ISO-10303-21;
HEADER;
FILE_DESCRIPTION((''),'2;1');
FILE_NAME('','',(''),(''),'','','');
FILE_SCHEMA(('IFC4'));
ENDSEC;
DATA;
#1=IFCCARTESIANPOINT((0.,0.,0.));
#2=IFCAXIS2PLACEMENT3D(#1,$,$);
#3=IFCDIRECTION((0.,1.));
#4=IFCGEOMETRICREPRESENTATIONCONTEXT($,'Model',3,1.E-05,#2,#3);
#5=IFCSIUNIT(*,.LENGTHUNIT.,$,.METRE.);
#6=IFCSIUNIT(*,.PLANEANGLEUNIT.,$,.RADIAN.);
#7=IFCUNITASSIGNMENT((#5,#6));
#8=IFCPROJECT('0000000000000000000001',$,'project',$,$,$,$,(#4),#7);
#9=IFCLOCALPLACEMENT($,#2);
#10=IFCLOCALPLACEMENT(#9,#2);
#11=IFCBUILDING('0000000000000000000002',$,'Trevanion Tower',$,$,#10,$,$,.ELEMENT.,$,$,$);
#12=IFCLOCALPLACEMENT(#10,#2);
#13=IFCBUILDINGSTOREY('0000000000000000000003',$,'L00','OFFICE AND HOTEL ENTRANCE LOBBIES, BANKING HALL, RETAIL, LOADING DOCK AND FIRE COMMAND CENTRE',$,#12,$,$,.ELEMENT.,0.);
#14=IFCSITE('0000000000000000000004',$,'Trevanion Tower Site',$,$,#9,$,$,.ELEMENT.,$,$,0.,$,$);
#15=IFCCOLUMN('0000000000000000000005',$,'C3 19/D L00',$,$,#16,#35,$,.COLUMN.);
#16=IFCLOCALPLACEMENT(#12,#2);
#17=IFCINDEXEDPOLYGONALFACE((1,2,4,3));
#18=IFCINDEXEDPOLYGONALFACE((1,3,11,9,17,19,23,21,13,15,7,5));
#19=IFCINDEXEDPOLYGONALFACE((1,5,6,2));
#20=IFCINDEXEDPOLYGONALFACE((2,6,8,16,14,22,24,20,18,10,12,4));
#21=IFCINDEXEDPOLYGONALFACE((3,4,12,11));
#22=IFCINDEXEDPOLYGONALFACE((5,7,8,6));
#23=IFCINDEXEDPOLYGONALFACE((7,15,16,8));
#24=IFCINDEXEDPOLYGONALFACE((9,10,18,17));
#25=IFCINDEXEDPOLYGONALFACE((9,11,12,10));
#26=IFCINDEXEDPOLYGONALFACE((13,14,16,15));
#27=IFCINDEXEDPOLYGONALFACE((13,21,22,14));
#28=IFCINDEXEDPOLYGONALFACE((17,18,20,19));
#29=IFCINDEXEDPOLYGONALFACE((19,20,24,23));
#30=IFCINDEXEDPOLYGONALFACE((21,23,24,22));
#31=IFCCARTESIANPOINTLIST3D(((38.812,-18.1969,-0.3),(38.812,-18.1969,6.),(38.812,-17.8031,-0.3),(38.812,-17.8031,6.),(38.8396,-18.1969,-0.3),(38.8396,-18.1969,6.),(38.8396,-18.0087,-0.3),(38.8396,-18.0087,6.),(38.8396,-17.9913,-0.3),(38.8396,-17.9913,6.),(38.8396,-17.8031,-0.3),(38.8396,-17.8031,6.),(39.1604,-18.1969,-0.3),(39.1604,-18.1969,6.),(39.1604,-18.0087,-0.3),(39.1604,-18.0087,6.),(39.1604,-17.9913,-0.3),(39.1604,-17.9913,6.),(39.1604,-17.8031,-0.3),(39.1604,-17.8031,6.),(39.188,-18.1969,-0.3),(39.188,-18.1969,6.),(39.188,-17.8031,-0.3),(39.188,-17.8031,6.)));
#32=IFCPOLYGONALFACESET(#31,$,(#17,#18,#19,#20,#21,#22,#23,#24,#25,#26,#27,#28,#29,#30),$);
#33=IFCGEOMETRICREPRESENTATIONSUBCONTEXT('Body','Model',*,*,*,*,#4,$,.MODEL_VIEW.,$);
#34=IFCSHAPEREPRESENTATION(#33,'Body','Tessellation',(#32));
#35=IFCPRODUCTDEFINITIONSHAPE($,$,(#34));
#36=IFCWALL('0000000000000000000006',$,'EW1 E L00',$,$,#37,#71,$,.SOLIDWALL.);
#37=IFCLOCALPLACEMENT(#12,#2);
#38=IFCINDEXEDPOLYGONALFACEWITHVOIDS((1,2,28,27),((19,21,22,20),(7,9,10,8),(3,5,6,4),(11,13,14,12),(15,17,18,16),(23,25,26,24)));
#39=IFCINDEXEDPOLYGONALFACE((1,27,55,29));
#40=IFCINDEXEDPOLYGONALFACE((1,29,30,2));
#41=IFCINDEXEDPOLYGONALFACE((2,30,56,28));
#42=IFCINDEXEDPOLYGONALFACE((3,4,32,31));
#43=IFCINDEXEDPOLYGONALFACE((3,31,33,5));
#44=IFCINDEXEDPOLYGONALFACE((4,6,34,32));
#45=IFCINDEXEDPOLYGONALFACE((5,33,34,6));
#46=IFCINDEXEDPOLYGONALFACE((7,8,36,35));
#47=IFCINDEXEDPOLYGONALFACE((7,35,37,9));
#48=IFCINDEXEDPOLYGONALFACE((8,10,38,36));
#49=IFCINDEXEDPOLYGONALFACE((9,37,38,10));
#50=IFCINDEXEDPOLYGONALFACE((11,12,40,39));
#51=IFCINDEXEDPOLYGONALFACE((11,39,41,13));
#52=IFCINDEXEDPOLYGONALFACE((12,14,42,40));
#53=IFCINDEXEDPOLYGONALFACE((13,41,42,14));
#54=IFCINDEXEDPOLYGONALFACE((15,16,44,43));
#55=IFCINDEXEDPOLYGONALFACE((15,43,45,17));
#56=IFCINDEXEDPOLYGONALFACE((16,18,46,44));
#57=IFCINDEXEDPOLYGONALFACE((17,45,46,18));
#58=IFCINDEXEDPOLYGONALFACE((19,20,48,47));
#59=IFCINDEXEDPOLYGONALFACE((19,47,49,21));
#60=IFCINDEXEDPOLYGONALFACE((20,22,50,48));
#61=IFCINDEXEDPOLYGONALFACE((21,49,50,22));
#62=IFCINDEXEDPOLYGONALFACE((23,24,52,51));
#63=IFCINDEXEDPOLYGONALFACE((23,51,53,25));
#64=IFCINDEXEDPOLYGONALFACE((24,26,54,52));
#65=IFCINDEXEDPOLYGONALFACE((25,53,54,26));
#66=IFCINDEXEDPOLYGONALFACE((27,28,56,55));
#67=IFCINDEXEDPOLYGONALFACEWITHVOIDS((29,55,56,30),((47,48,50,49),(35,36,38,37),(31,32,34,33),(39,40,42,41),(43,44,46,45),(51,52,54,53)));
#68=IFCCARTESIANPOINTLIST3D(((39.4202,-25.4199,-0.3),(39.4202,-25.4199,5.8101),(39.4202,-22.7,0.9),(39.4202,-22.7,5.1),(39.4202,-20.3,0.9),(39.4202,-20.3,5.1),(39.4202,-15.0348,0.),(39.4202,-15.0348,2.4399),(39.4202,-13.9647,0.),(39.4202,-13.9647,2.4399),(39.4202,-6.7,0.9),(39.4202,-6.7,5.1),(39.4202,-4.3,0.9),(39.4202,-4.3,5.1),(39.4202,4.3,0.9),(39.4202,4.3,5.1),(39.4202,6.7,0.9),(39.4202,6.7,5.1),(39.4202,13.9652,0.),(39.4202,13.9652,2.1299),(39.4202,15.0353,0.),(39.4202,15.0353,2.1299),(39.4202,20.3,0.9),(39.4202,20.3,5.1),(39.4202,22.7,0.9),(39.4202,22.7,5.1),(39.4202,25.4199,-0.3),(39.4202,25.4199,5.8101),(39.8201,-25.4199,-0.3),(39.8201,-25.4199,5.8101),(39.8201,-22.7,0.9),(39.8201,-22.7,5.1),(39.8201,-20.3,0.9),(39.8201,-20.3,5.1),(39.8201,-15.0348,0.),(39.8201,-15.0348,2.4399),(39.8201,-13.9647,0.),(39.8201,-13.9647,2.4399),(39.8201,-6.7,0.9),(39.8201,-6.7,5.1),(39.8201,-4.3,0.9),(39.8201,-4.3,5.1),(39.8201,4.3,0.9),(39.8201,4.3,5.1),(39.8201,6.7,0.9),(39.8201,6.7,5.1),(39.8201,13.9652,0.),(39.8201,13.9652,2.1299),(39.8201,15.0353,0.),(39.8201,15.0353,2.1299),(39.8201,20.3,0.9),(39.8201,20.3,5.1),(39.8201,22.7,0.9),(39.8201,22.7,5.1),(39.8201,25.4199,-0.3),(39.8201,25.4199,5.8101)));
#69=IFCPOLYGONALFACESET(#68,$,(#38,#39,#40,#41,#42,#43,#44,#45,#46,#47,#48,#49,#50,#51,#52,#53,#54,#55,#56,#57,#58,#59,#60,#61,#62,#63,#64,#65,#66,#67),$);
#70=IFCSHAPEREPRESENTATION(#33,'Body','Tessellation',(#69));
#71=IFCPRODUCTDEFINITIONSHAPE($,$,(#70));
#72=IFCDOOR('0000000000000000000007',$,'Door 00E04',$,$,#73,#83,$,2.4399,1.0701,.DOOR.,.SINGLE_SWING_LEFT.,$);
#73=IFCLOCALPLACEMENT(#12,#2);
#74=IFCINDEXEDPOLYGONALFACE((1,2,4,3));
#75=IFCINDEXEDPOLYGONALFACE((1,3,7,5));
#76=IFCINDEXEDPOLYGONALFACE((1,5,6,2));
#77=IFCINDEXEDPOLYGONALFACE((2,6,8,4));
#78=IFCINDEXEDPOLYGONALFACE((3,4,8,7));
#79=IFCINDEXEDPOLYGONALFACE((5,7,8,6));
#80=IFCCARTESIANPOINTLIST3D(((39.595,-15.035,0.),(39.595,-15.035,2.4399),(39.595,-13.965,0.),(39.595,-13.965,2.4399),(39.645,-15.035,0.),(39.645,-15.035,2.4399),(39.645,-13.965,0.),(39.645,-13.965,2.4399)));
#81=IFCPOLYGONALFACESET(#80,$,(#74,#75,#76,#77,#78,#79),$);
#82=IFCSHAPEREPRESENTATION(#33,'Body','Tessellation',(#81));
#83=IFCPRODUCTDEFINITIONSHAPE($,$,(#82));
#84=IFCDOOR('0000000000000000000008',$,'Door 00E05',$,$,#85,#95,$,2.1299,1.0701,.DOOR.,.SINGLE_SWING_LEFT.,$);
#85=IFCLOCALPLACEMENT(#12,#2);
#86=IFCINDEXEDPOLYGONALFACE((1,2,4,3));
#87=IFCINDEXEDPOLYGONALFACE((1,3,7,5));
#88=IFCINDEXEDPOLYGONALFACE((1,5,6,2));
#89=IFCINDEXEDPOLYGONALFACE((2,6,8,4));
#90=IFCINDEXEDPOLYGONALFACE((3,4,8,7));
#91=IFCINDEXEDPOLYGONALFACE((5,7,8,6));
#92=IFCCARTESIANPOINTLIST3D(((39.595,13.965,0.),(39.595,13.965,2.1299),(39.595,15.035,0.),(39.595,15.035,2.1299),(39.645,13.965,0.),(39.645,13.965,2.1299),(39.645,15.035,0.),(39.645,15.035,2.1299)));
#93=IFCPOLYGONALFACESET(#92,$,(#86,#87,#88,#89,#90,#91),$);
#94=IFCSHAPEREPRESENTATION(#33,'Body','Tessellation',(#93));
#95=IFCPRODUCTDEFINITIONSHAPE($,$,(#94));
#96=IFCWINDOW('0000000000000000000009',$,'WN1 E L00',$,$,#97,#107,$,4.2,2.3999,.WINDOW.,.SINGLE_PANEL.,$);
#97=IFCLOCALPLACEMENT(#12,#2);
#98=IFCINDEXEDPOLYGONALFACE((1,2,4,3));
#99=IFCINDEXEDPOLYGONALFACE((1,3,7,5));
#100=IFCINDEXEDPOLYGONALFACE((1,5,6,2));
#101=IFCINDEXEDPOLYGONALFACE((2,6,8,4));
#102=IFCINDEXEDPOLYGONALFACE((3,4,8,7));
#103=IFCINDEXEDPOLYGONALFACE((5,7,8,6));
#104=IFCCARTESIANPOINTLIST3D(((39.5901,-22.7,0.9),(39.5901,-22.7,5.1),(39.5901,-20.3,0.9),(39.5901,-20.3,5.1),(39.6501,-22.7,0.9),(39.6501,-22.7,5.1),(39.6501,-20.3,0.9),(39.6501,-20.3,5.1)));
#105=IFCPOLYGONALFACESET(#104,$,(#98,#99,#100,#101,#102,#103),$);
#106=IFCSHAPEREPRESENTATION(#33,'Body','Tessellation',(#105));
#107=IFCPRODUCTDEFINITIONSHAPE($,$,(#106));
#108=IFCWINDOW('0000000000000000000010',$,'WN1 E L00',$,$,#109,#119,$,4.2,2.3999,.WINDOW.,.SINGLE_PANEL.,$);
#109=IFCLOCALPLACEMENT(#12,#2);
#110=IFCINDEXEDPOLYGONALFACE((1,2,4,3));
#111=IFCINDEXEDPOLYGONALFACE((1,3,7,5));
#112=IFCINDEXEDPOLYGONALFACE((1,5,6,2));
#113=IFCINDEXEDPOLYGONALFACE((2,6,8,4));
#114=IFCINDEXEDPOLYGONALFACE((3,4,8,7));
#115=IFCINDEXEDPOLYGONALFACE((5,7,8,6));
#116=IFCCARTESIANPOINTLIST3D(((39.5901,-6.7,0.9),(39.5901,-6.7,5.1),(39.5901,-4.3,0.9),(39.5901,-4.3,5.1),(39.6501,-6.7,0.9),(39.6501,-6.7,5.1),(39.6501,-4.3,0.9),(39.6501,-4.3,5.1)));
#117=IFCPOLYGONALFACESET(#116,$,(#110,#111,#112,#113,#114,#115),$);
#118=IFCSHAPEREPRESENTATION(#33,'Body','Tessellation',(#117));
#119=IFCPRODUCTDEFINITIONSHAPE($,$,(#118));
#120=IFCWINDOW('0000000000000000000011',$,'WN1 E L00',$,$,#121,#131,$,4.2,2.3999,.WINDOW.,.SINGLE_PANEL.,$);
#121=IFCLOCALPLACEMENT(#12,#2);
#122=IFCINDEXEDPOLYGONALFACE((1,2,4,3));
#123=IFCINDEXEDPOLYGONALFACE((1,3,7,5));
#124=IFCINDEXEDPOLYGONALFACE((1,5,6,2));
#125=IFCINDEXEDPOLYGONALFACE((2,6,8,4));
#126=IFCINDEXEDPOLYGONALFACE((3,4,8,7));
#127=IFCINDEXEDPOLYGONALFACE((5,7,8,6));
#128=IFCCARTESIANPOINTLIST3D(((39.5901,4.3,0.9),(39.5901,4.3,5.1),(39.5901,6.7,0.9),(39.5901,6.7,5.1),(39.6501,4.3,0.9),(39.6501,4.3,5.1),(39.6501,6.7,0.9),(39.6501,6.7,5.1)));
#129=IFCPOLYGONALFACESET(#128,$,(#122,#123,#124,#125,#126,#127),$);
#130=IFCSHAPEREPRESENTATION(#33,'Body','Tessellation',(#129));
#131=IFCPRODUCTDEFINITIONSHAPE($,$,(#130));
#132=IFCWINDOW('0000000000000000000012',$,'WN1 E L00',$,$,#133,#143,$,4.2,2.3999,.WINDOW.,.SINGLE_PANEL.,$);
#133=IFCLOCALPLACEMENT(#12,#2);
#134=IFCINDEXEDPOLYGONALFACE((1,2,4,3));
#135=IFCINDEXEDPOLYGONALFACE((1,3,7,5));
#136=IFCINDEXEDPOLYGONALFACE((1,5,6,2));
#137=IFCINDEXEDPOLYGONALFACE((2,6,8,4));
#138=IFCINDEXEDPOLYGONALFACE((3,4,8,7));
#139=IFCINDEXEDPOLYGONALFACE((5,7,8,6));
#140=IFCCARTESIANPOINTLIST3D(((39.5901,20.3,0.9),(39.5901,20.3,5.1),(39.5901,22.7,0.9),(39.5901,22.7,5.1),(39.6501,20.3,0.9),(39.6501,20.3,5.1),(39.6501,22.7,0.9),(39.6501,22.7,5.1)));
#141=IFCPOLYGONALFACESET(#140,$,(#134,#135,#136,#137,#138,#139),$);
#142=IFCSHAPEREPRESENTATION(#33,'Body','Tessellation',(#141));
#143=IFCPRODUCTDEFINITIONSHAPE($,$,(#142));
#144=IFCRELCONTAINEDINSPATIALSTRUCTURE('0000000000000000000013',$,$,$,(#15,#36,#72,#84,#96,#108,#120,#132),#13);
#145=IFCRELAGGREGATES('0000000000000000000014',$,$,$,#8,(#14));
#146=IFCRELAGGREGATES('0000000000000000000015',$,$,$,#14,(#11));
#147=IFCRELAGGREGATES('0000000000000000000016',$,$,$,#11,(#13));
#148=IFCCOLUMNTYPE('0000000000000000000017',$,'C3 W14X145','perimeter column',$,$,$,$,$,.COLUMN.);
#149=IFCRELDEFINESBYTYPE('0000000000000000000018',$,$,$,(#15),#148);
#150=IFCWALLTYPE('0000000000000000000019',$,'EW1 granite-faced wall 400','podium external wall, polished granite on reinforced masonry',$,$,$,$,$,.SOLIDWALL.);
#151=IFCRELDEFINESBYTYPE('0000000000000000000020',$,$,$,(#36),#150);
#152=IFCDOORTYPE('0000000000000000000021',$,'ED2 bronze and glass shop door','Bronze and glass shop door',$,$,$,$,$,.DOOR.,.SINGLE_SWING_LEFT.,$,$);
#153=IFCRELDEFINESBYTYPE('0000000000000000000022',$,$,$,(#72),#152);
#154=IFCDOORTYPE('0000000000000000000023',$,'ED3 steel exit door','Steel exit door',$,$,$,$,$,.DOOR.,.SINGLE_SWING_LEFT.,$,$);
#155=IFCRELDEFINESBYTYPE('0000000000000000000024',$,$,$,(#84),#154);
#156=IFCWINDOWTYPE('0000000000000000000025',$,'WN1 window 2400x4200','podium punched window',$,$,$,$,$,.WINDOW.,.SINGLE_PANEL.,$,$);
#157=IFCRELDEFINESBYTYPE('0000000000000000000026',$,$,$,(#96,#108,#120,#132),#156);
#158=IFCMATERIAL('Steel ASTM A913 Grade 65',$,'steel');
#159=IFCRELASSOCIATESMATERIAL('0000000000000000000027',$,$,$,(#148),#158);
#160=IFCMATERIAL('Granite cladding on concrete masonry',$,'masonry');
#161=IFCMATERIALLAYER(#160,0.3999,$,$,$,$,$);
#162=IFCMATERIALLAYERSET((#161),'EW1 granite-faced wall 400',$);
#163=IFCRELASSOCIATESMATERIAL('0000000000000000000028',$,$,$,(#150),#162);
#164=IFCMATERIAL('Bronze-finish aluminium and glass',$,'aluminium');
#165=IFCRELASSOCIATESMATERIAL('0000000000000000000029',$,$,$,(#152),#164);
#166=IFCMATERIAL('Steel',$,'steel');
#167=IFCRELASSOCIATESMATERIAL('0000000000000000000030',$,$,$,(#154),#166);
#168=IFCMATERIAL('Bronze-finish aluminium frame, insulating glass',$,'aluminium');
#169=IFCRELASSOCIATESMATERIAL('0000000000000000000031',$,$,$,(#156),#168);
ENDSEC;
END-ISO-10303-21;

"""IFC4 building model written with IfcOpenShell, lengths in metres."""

from ifc_helpers import new_model, si_unit, direction, frame, frame_2d, origin, origin_2d, place, context, subcontext, project, spatial, rectangle, i_section, extrude, material, layer, layer_set, material_profile, profile_set, type_object, element, fill, save


model = new_model("IFC4")

# Units and contexts
model_context = context("Model", 3, precision=1e-05, world=origin(), true_north=direction((0.0, 1.0)))
body_context = subcontext(model_context, "Body", "Model", "MODEL_VIEW")
ifc_project = project(units=[si_unit("LENGTHUNIT", "METRE"), si_unit("PLANEANGLEUNIT", "RADIAN")], contexts=[model_context])

# Site, building, storey
site_placement = place(None, origin())
site = spatial("IfcSite", under=ifc_project, at=site_placement, Name="Trevanion Tower Site", CompositionType="ELEMENT", RefElevation=0.0)
building_placement = place(site_placement, origin())
building = spatial("IfcBuilding", under=site, at=building_placement, Name="Trevanion Tower", CompositionType="ELEMENT")
storey_placement = place(building_placement, origin())
storey = spatial("IfcBuildingStorey", under=building, at=storey_placement, Name="L00", Description="OFFICE AND HOTEL ENTRANCE LOBBIES, BANKING HALL, RETAIL, LOADING DOCK AND FIRE COMMAND CENTRE", CompositionType="ELEMENT", Elevation=0.0)

# Column
ifc_material_1 = material(Name="Steel ASTM A913 Grade 65", Category="steel")
ifc_material_profile_1 = material_profile(ifc_material_1, i_section(OverallWidth=0.3938, OverallDepth=0.376, WebThickness=0.0173, FlangeThickness=0.0276, at=origin_2d()), Name="W14X145")
ifc_profile_set_1 = profile_set([ifc_material_profile_1], Name="Steel ASTM A913 Grade 65")
column_type = type_object("IfcColumnType", Name="C3 W14X145", Description="perimeter column", PredefinedType="COLUMN", material=ifc_profile_set_1)
for number, where, z_axis, x_axis, name in (
    (1, (39.0, -18.0, -0.3), (0.0, 0.0, 1.0), (0.0, 1.0, 0.0), "C3 19/D L00"),
):
    element("IfcColumn", number, at=place(storey_placement, frame(where, z_axis=z_axis, x_axis=x_axis)), inside=storey, type_object=column_type, Name=name, PredefinedType="COLUMN", context=body_context, shape_type="SweptSolid", body=[
        extrude(i_section(OverallWidth=0.3938, OverallDepth=0.376, WebThickness=0.0173, FlangeThickness=0.0276, at=origin_2d()), origin(), (0.0, 0.0, 1.0), 6.3),
    ])

# Wall, openings, doors, windows
ifc_material_2 = material(Name="Granite cladding on concrete masonry", Category="masonry")
ifc_layer = layer(ifc_material_2, 0.3999)
ifc_layer_set = layer_set([ifc_layer], Name="EW1 granite-faced wall 400")
wall_type = type_object("IfcWallType", Name="EW1 granite-faced wall 400", Description="podium external wall, polished granite on reinforced masonry", PredefinedType="SOLIDWALL", material=ifc_layer_set)
wall_placement = place(storey_placement, frame((39.6201, -25.4199, -0.3), z_axis=(0.0, 0.0, 1.0), x_axis=(0.0, 1.0, 0.0)))
wall = element("IfcWall", 2, at=wall_placement, inside=storey, type_object=wall_type, Name="EW1 E L00", PredefinedType="SOLIDWALL", context=body_context, shape_type="SweptSolid", body=[
    extrude(rectangle(XDim=50.8398, YDim=0.3999, at=frame_2d((25.4199, 0.0))), origin(), (0.0, 0.0, 1.0), 6.1101),
])
opening_1_placement = place(wall_placement, frame((2.72, 0.0, 1.2)))
opening_1 = element("IfcOpeningElement", 3, at=opening_1_placement, cuts=wall, PredefinedType="OPENING", context=body_context, shape_type="SweptSolid", body=[
    extrude(rectangle(XDim=2.3999, YDim=4.2, at=frame_2d((1.2, 2.1001))), frame((0.0, 0.21, 0.0), z_axis=(0.0, -1.0, 0.0), x_axis=(1.0, 0.0, 0.0)), (0.0, 0.0, 1.0), 0.4199),
])
opening_2_placement = place(wall_placement, frame((10.385, 0.0, 0.3)))
opening_2 = element("IfcOpeningElement", 4, at=opening_2_placement, cuts=wall, PredefinedType="OPENING", context=body_context, shape_type="SweptSolid", body=[
    extrude(rectangle(XDim=1.0701, YDim=2.4399, at=frame_2d((0.5352, 1.22))), frame((0.0, 0.21, 0.0), z_axis=(0.0, -1.0, 0.0), x_axis=(1.0, 0.0, 0.0)), (0.0, 0.0, 1.0), 0.4199),
])
opening_3_placement = place(wall_placement, frame((18.72, 0.0, 1.2)))
opening_3 = element("IfcOpeningElement", 5, at=opening_3_placement, cuts=wall, PredefinedType="OPENING", context=body_context, shape_type="SweptSolid", body=[
    extrude(rectangle(XDim=2.3999, YDim=4.2, at=frame_2d((1.2, 2.1001))), frame((0.0, 0.21, 0.0), z_axis=(0.0, -1.0, 0.0), x_axis=(1.0, 0.0, 0.0)), (0.0, 0.0, 1.0), 0.4199),
])
opening_4_placement = place(wall_placement, frame((29.72, 0.0, 1.2)))
opening_4 = element("IfcOpeningElement", 6, at=opening_4_placement, cuts=wall, PredefinedType="OPENING", context=body_context, shape_type="SweptSolid", body=[
    extrude(rectangle(XDim=2.3999, YDim=4.2, at=frame_2d((1.2, 2.1001))), frame((0.0, 0.21, 0.0), z_axis=(0.0, -1.0, 0.0), x_axis=(1.0, 0.0, 0.0)), (0.0, 0.0, 1.0), 0.4199),
])
opening_5_placement = place(wall_placement, frame((39.385, 0.0, 0.3)))
opening_5 = element("IfcOpeningElement", 7, at=opening_5_placement, cuts=wall, PredefinedType="OPENING", context=body_context, shape_type="SweptSolid", body=[
    extrude(rectangle(XDim=1.0701, YDim=2.1299, at=frame_2d((0.5352, 1.0649))), frame((0.0, 0.21, 0.0), z_axis=(0.0, -1.0, 0.0), x_axis=(1.0, 0.0, 0.0)), (0.0, 0.0, 1.0), 0.4199),
])
opening_6_placement = place(wall_placement, frame((45.72, 0.0, 1.2)))
opening_6 = element("IfcOpeningElement", 8, at=opening_6_placement, cuts=wall, PredefinedType="OPENING", context=body_context, shape_type="SweptSolid", body=[
    extrude(rectangle(XDim=2.3999, YDim=4.2, at=frame_2d((1.2, 2.1001))), frame((0.0, 0.21, 0.0), z_axis=(0.0, -1.0, 0.0), x_axis=(1.0, 0.0, 0.0)), (0.0, 0.0, 1.0), 0.4199),
])
ifc_material_3 = material(Name="Bronze-finish aluminium and glass", Category="aluminium")
door_type_1 = type_object("IfcDoorType", Name="ED2 bronze and glass shop door", Description="Bronze and glass shop door", OperationType="SINGLE_SWING_LEFT", PredefinedType="DOOR", material=ifc_material_3)
door_1_placement = place(opening_2_placement, frame((1.0701, 0.0, 0.0), z_axis=(0.0, 0.0, 1.0), x_axis=(-1.0, 0.0, 0.0)))
door_1 = element("IfcDoor", 9, at=door_1_placement, inside=storey, type_object=door_type_1, Name="Door 00E04", OperationType="SINGLE_SWING_LEFT", OverallHeight=2.4399, OverallWidth=1.0701, PredefinedType="DOOR", context=body_context, shape_type="SweptSolid", body=[
    extrude(rectangle(XDim=1.0701, YDim=2.4399, at=frame_2d((0.5352, 1.22))), frame((0.0, 0.0249, 0.0), z_axis=(0.0, -1.0, 0.0), x_axis=(1.0, 0.0, 0.0)), (0.0, 0.0, 1.0), 0.05),
])
fill(opening_2, door_1)
ifc_material_4 = material(Name="Steel", Category="steel")
door_type_2 = type_object("IfcDoorType", Name="ED3 steel exit door", Description="Steel exit door", OperationType="SINGLE_SWING_LEFT", PredefinedType="DOOR", material=ifc_material_4)
door_2_placement = place(opening_5_placement, frame((1.0701, 0.0, 0.0), z_axis=(0.0, 0.0, 1.0), x_axis=(-1.0, 0.0, 0.0)))
door_2 = element("IfcDoor", 10, at=door_2_placement, inside=storey, type_object=door_type_2, Name="Door 00E05", OperationType="SINGLE_SWING_LEFT", OverallHeight=2.1299, OverallWidth=1.0701, PredefinedType="DOOR", context=body_context, shape_type="SweptSolid", body=[
    extrude(rectangle(XDim=1.0701, YDim=2.1299, at=frame_2d((0.5352, 1.0649))), frame((0.0, 0.0249, 0.0), z_axis=(0.0, -1.0, 0.0), x_axis=(1.0, 0.0, 0.0)), (0.0, 0.0, 1.0), 0.05),
])
fill(opening_5, door_2)
ifc_material_5 = material(Name="Bronze-finish aluminium frame, insulating glass", Category="aluminium")
window_type = type_object("IfcWindowType", Name="WN1 window 2400x4200", Description="podium punched window", PartitioningType="SINGLE_PANEL", PredefinedType="WINDOW", material=ifc_material_5)
window_1_placement = place(opening_1_placement, origin())
window_1 = element("IfcWindow", 11, at=window_1_placement, inside=storey, type_object=window_type, Name="WN1 E L00", OverallHeight=4.2, OverallWidth=2.3999, PartitioningType="SINGLE_PANEL", PredefinedType="WINDOW", context=body_context, shape_type="SweptSolid", body=[
    extrude(rectangle(XDim=2.3999, YDim=4.2, at=frame_2d((1.2, 2.1001))), frame((0.0, 0.03, 0.0), z_axis=(0.0, -1.0, 0.0), x_axis=(1.0, 0.0, 0.0)), (0.0, 0.0, 1.0), 0.0601),
])
fill(opening_1, window_1)
window_2_placement = place(opening_3_placement, origin())
window_2 = element("IfcWindow", 12, at=window_2_placement, inside=storey, type_object=window_type, Name="WN1 E L00", OverallHeight=4.2, OverallWidth=2.3999, PartitioningType="SINGLE_PANEL", PredefinedType="WINDOW", context=body_context, shape_type="SweptSolid", body=[
    extrude(rectangle(XDim=2.3999, YDim=4.2, at=frame_2d((1.2, 2.1001))), frame((0.0, 0.03, 0.0), z_axis=(0.0, -1.0, 0.0), x_axis=(1.0, 0.0, 0.0)), (0.0, 0.0, 1.0), 0.0601),
])
fill(opening_3, window_2)
window_3_placement = place(opening_4_placement, origin())
window_3 = element("IfcWindow", 13, at=window_3_placement, inside=storey, type_object=window_type, Name="WN1 E L00", OverallHeight=4.2, OverallWidth=2.3999, PartitioningType="SINGLE_PANEL", PredefinedType="WINDOW", context=body_context, shape_type="SweptSolid", body=[
    extrude(rectangle(XDim=2.3999, YDim=4.2, at=frame_2d((1.2, 2.1001))), frame((0.0, 0.03, 0.0), z_axis=(0.0, -1.0, 0.0), x_axis=(1.0, 0.0, 0.0)), (0.0, 0.0, 1.0), 0.0601),
])
fill(opening_4, window_3)
window_4_placement = place(opening_6_placement, origin())
window_4 = element("IfcWindow", 14, at=window_4_placement, inside=storey, type_object=window_type, Name="WN1 E L00", OverallHeight=4.2, OverallWidth=2.3999, PartitioningType="SINGLE_PANEL", PredefinedType="WINDOW", context=body_context, shape_type="SweptSolid", body=[
    extrude(rectangle(XDim=2.3999, YDim=4.2, at=frame_2d((1.2, 2.1001))), frame((0.0, 0.03, 0.0), z_axis=(0.0, -1.0, 0.0), x_axis=(1.0, 0.0, 0.0)), (0.0, 0.0, 1.0), 0.0601),
])
fill(opening_6, window_4)

save(model, "model.ifc")
